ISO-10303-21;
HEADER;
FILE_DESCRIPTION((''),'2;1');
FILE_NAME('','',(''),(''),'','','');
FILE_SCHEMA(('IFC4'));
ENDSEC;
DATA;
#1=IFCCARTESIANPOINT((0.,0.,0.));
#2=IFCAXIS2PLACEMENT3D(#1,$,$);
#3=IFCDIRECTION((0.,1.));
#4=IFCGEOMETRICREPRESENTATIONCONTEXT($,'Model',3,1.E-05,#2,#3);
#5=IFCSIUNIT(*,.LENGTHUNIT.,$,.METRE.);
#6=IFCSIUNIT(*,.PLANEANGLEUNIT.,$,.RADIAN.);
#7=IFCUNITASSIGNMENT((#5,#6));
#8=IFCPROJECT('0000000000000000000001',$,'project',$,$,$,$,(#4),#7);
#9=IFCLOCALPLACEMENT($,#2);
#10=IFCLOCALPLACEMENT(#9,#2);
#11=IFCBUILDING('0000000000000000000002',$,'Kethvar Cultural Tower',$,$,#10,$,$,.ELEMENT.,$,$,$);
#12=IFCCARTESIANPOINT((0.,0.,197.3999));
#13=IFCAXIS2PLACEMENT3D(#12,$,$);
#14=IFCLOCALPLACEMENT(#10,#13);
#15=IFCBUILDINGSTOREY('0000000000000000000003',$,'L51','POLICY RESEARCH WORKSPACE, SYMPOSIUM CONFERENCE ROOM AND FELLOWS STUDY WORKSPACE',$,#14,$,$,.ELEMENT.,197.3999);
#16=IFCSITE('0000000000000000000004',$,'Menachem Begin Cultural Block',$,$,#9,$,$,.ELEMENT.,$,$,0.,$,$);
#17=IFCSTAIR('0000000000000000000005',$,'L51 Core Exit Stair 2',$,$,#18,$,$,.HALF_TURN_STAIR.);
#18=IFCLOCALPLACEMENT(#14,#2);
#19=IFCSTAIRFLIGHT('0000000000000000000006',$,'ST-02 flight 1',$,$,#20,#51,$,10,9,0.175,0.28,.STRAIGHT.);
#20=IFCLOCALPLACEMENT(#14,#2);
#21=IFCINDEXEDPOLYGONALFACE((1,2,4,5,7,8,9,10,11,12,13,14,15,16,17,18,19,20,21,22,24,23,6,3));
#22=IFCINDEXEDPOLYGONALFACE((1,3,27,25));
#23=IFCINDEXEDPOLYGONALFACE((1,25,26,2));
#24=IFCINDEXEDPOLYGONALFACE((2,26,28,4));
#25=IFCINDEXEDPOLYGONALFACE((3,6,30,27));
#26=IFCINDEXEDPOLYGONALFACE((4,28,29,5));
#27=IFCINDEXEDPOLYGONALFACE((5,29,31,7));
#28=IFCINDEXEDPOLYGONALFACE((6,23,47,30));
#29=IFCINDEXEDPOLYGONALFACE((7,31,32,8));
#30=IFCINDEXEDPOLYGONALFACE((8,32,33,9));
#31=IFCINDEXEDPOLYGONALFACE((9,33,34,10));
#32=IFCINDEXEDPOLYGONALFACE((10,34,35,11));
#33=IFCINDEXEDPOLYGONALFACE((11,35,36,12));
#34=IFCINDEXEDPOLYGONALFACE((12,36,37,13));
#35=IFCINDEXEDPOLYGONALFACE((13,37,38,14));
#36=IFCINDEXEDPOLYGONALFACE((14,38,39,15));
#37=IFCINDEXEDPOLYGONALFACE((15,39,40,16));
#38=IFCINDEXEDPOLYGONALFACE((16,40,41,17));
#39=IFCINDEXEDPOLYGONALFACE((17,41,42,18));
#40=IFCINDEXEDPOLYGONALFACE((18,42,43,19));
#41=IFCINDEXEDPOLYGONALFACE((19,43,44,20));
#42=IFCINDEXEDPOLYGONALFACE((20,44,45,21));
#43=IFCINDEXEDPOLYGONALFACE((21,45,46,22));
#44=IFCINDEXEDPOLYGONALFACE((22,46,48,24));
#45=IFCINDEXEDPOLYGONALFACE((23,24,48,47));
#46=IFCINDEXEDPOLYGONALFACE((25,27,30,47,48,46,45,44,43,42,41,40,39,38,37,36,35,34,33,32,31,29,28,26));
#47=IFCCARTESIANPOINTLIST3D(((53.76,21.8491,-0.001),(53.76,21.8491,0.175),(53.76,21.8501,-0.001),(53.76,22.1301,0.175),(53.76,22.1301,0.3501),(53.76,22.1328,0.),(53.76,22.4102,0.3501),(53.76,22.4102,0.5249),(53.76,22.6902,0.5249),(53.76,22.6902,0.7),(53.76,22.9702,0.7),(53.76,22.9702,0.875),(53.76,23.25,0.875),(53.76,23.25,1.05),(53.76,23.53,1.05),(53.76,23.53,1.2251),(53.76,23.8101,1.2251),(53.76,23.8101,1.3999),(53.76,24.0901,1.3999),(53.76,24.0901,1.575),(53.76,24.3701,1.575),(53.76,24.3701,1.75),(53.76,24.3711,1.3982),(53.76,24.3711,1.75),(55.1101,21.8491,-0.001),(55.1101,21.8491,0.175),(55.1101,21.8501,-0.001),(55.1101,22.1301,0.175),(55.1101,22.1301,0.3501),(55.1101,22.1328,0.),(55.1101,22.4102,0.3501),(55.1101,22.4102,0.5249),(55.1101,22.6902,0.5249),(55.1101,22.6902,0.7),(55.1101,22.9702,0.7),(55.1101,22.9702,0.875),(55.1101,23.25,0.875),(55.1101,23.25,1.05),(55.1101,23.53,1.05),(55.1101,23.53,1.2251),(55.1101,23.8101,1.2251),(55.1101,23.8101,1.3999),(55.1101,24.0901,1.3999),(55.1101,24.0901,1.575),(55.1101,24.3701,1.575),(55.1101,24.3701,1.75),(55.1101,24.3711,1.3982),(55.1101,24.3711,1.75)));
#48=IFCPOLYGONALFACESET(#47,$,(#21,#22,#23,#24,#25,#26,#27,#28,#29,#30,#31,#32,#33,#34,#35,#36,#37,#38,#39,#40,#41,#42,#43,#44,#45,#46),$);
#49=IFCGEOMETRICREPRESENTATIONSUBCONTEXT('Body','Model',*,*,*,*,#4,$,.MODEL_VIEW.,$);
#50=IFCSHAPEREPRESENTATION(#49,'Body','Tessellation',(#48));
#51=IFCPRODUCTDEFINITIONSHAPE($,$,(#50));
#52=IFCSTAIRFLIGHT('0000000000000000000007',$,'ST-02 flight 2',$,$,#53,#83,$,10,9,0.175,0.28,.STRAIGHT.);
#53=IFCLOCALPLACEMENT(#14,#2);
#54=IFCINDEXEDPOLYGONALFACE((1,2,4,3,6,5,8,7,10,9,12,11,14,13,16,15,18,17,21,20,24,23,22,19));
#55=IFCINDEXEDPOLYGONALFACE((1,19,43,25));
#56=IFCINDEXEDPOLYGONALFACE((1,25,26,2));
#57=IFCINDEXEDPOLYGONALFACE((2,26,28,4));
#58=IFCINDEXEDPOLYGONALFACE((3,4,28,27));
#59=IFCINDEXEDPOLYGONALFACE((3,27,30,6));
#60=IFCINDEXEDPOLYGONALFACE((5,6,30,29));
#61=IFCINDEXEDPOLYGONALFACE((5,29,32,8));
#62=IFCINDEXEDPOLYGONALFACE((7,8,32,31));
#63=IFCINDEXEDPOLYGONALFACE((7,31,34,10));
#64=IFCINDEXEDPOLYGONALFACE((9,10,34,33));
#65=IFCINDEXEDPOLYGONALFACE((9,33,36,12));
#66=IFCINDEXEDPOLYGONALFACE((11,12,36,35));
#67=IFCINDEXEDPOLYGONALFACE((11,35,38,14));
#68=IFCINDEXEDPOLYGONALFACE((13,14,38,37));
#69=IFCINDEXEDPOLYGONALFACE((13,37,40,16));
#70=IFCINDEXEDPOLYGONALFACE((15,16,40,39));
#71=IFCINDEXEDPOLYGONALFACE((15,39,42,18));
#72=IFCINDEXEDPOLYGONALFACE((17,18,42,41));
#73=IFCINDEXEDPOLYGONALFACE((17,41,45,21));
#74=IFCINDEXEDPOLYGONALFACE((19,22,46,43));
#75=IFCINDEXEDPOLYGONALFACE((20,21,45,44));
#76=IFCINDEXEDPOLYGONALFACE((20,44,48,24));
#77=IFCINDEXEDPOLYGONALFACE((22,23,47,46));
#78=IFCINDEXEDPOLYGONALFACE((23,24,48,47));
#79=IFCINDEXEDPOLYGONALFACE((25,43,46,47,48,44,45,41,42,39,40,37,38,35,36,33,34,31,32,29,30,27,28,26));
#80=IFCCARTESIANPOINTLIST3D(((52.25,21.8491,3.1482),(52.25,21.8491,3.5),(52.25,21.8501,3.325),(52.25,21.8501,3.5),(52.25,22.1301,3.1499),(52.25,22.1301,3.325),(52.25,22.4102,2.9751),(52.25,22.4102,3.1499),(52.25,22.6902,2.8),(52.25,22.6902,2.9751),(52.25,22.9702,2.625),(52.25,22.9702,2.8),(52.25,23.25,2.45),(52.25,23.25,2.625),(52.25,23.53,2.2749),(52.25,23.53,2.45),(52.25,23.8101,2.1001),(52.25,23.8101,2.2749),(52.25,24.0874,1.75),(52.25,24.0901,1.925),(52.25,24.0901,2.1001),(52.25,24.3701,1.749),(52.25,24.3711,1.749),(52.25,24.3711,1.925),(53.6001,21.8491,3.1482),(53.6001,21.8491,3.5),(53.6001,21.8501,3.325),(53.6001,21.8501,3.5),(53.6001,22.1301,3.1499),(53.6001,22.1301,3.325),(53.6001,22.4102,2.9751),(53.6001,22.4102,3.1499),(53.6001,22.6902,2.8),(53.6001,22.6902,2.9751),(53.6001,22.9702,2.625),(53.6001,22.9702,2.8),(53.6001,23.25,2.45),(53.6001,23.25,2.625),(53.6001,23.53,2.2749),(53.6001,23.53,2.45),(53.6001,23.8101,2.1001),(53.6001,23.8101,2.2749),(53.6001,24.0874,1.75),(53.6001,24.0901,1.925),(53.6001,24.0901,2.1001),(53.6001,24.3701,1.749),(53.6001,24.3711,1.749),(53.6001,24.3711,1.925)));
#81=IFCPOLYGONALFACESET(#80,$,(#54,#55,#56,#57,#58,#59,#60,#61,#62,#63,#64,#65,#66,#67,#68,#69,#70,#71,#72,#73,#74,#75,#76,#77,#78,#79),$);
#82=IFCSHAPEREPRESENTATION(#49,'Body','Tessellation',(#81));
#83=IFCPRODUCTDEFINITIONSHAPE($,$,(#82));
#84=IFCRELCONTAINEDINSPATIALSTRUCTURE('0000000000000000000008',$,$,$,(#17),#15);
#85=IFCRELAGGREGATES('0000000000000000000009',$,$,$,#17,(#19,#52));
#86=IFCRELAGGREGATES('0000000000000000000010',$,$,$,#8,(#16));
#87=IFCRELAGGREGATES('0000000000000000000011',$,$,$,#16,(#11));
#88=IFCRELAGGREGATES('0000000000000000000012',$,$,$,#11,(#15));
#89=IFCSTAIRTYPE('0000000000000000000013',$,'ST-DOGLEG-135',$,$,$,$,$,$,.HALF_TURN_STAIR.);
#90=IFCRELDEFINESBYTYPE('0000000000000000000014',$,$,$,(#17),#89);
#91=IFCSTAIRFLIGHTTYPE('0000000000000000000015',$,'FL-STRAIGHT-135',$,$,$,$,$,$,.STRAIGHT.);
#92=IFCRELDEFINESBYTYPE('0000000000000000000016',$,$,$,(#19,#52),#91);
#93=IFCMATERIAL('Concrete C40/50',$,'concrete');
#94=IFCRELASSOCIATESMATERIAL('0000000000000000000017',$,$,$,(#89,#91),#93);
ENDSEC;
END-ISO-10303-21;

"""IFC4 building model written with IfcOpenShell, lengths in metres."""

from ifc_helpers import new_model, si_unit, direction, frame, origin, place, context, subcontext, project, spatial, polyline, outline, extrude, material, type_object, element, aggregate, save


model = new_model("IFC4")

# Units and contexts
model_context = context("Model", 3, precision=1e-05, world=origin(), true_north=direction((0.0, 1.0)))
body_context = subcontext(model_context, "Body", "Model", "MODEL_VIEW")
ifc_project = project(units=[si_unit("LENGTHUNIT", "METRE"), si_unit("PLANEANGLEUNIT", "RADIAN")], contexts=[model_context])

# Site, building, storey
site_placement = place(None, origin())
site = spatial("IfcSite", under=ifc_project, at=site_placement, Name="Menachem Begin Cultural Block", CompositionType="ELEMENT", RefElevation=0.0)
building_placement = place(site_placement, origin())
building = spatial("IfcBuilding", under=site, at=building_placement, Name="Kethvar Cultural Tower", CompositionType="ELEMENT")
storey_placement = place(building_placement, frame((0.0, 0.0, 197.3999)))
storey = spatial("IfcBuildingStorey", under=building, at=storey_placement, Name="L51", Description="POLICY RESEARCH WORKSPACE, SYMPOSIUM CONFERENCE ROOM AND FELLOWS STUDY WORKSPACE", CompositionType="ELEMENT", Elevation=197.3999)

# Stair, stair flights
ifc_material_1 = material(Name="Concrete C40/50", Category="concrete")
stair_type = type_object("IfcStairType", Name="ST-DOGLEG-135", PredefinedType="HALF_TURN_STAIR", material=ifc_material_1)
stair_placement = place(storey_placement, origin())
stair = element("IfcStair", 1, at=stair_placement, inside=storey, type_object=stair_type, Name="L51 Core Exit Stair 2", PredefinedType="HALF_TURN_STAIR")
stair_flight_type = type_object("IfcStairFlightType", Name="FL-STRAIGHT-135", PredefinedType="STRAIGHT", material=ifc_material_1)
stair_flight_1_placement = place(storey_placement, frame((54.4351, 21.8501, 0.0), z_axis=(0.0, 0.0, 1.0), x_axis=(0.0, 1.0, 0.0)))
stair_flight_1 = element("IfcStairFlight", 2, at=stair_flight_1_placement, type_object=stair_flight_type, Name="ST-02 flight 1", NumberOfRisers=10, NumberOfTreads=9, PredefinedType="STRAIGHT", RiserHeight=0.175, TreadLength=0.28, context=body_context, shape_type="SweptSolid", body=[
    extrude(outline(polyline([(-0.001, -0.001), (-0.001, 0.175), (0.28, 0.175), (0.28, 0.3501), (0.5601, 0.3501), (0.5601, 0.5249), (0.8401, 0.5249), (0.8401, 0.7), (1.1201, 0.7), (1.1201, 0.875), (1.3999, 0.875), (1.3999, 1.05), (1.6799, 1.05), (1.6799, 1.2251), (1.96, 1.2251), (1.96, 1.3999), (2.24, 1.3999), (2.24, 1.575), (2.52, 1.575), (2.52, 1.75), (2.521, 1.75), (2.521, 1.3982), (0.2827, 0.0), (0.0, -0.001), (-0.001, -0.001)])), frame((0.0, 0.675, 0.0), z_axis=(0.0, -1.0, 0.0), x_axis=(1.0, 0.0, 0.0)), (0.0, 0.0, 1.0), 1.3501),
])
stair_flight_2_placement = place(storey_placement, frame((52.925, 24.3701, 1.75), z_axis=(0.0, 0.0, 1.0), x_axis=(0.0, -1.0, 0.0)))
stair_flight_2 = element("IfcStairFlight", 3, at=stair_flight_2_placement, type_object=stair_flight_type, Name="ST-02 flight 2", NumberOfRisers=10, NumberOfTreads=9, PredefinedType="STRAIGHT", RiserHeight=0.175, TreadLength=0.28, context=body_context, shape_type="SweptSolid", body=[
    extrude(outline(polyline([(-0.001, -0.001), (-0.001, 0.175), (0.28, 0.175), (0.28, 0.3501), (0.5601, 0.3501), (0.5601, 0.5249), (0.8401, 0.5249), (0.8401, 0.7), (1.1201, 0.7), (1.1201, 0.875), (1.3999, 0.875), (1.3999, 1.05), (1.6799, 1.05), (1.6799, 1.2251), (1.96, 1.2251), (1.96, 1.3999), (2.24, 1.3999), (2.24, 1.575), (2.52, 1.575), (2.52, 1.75), (2.521, 1.75), (2.521, 1.3982), (0.2827, 0.0), (0.0, -0.001), (-0.001, -0.001)])), frame((0.0, 0.675, 0.0), z_axis=(0.0, -1.0, 0.0), x_axis=(1.0, 0.0, 0.0)), (0.0, 0.0, 1.0), 1.3501),
])
aggregate(stair, [stair_flight_1, stair_flight_2])

save(model, "model.ifc")
